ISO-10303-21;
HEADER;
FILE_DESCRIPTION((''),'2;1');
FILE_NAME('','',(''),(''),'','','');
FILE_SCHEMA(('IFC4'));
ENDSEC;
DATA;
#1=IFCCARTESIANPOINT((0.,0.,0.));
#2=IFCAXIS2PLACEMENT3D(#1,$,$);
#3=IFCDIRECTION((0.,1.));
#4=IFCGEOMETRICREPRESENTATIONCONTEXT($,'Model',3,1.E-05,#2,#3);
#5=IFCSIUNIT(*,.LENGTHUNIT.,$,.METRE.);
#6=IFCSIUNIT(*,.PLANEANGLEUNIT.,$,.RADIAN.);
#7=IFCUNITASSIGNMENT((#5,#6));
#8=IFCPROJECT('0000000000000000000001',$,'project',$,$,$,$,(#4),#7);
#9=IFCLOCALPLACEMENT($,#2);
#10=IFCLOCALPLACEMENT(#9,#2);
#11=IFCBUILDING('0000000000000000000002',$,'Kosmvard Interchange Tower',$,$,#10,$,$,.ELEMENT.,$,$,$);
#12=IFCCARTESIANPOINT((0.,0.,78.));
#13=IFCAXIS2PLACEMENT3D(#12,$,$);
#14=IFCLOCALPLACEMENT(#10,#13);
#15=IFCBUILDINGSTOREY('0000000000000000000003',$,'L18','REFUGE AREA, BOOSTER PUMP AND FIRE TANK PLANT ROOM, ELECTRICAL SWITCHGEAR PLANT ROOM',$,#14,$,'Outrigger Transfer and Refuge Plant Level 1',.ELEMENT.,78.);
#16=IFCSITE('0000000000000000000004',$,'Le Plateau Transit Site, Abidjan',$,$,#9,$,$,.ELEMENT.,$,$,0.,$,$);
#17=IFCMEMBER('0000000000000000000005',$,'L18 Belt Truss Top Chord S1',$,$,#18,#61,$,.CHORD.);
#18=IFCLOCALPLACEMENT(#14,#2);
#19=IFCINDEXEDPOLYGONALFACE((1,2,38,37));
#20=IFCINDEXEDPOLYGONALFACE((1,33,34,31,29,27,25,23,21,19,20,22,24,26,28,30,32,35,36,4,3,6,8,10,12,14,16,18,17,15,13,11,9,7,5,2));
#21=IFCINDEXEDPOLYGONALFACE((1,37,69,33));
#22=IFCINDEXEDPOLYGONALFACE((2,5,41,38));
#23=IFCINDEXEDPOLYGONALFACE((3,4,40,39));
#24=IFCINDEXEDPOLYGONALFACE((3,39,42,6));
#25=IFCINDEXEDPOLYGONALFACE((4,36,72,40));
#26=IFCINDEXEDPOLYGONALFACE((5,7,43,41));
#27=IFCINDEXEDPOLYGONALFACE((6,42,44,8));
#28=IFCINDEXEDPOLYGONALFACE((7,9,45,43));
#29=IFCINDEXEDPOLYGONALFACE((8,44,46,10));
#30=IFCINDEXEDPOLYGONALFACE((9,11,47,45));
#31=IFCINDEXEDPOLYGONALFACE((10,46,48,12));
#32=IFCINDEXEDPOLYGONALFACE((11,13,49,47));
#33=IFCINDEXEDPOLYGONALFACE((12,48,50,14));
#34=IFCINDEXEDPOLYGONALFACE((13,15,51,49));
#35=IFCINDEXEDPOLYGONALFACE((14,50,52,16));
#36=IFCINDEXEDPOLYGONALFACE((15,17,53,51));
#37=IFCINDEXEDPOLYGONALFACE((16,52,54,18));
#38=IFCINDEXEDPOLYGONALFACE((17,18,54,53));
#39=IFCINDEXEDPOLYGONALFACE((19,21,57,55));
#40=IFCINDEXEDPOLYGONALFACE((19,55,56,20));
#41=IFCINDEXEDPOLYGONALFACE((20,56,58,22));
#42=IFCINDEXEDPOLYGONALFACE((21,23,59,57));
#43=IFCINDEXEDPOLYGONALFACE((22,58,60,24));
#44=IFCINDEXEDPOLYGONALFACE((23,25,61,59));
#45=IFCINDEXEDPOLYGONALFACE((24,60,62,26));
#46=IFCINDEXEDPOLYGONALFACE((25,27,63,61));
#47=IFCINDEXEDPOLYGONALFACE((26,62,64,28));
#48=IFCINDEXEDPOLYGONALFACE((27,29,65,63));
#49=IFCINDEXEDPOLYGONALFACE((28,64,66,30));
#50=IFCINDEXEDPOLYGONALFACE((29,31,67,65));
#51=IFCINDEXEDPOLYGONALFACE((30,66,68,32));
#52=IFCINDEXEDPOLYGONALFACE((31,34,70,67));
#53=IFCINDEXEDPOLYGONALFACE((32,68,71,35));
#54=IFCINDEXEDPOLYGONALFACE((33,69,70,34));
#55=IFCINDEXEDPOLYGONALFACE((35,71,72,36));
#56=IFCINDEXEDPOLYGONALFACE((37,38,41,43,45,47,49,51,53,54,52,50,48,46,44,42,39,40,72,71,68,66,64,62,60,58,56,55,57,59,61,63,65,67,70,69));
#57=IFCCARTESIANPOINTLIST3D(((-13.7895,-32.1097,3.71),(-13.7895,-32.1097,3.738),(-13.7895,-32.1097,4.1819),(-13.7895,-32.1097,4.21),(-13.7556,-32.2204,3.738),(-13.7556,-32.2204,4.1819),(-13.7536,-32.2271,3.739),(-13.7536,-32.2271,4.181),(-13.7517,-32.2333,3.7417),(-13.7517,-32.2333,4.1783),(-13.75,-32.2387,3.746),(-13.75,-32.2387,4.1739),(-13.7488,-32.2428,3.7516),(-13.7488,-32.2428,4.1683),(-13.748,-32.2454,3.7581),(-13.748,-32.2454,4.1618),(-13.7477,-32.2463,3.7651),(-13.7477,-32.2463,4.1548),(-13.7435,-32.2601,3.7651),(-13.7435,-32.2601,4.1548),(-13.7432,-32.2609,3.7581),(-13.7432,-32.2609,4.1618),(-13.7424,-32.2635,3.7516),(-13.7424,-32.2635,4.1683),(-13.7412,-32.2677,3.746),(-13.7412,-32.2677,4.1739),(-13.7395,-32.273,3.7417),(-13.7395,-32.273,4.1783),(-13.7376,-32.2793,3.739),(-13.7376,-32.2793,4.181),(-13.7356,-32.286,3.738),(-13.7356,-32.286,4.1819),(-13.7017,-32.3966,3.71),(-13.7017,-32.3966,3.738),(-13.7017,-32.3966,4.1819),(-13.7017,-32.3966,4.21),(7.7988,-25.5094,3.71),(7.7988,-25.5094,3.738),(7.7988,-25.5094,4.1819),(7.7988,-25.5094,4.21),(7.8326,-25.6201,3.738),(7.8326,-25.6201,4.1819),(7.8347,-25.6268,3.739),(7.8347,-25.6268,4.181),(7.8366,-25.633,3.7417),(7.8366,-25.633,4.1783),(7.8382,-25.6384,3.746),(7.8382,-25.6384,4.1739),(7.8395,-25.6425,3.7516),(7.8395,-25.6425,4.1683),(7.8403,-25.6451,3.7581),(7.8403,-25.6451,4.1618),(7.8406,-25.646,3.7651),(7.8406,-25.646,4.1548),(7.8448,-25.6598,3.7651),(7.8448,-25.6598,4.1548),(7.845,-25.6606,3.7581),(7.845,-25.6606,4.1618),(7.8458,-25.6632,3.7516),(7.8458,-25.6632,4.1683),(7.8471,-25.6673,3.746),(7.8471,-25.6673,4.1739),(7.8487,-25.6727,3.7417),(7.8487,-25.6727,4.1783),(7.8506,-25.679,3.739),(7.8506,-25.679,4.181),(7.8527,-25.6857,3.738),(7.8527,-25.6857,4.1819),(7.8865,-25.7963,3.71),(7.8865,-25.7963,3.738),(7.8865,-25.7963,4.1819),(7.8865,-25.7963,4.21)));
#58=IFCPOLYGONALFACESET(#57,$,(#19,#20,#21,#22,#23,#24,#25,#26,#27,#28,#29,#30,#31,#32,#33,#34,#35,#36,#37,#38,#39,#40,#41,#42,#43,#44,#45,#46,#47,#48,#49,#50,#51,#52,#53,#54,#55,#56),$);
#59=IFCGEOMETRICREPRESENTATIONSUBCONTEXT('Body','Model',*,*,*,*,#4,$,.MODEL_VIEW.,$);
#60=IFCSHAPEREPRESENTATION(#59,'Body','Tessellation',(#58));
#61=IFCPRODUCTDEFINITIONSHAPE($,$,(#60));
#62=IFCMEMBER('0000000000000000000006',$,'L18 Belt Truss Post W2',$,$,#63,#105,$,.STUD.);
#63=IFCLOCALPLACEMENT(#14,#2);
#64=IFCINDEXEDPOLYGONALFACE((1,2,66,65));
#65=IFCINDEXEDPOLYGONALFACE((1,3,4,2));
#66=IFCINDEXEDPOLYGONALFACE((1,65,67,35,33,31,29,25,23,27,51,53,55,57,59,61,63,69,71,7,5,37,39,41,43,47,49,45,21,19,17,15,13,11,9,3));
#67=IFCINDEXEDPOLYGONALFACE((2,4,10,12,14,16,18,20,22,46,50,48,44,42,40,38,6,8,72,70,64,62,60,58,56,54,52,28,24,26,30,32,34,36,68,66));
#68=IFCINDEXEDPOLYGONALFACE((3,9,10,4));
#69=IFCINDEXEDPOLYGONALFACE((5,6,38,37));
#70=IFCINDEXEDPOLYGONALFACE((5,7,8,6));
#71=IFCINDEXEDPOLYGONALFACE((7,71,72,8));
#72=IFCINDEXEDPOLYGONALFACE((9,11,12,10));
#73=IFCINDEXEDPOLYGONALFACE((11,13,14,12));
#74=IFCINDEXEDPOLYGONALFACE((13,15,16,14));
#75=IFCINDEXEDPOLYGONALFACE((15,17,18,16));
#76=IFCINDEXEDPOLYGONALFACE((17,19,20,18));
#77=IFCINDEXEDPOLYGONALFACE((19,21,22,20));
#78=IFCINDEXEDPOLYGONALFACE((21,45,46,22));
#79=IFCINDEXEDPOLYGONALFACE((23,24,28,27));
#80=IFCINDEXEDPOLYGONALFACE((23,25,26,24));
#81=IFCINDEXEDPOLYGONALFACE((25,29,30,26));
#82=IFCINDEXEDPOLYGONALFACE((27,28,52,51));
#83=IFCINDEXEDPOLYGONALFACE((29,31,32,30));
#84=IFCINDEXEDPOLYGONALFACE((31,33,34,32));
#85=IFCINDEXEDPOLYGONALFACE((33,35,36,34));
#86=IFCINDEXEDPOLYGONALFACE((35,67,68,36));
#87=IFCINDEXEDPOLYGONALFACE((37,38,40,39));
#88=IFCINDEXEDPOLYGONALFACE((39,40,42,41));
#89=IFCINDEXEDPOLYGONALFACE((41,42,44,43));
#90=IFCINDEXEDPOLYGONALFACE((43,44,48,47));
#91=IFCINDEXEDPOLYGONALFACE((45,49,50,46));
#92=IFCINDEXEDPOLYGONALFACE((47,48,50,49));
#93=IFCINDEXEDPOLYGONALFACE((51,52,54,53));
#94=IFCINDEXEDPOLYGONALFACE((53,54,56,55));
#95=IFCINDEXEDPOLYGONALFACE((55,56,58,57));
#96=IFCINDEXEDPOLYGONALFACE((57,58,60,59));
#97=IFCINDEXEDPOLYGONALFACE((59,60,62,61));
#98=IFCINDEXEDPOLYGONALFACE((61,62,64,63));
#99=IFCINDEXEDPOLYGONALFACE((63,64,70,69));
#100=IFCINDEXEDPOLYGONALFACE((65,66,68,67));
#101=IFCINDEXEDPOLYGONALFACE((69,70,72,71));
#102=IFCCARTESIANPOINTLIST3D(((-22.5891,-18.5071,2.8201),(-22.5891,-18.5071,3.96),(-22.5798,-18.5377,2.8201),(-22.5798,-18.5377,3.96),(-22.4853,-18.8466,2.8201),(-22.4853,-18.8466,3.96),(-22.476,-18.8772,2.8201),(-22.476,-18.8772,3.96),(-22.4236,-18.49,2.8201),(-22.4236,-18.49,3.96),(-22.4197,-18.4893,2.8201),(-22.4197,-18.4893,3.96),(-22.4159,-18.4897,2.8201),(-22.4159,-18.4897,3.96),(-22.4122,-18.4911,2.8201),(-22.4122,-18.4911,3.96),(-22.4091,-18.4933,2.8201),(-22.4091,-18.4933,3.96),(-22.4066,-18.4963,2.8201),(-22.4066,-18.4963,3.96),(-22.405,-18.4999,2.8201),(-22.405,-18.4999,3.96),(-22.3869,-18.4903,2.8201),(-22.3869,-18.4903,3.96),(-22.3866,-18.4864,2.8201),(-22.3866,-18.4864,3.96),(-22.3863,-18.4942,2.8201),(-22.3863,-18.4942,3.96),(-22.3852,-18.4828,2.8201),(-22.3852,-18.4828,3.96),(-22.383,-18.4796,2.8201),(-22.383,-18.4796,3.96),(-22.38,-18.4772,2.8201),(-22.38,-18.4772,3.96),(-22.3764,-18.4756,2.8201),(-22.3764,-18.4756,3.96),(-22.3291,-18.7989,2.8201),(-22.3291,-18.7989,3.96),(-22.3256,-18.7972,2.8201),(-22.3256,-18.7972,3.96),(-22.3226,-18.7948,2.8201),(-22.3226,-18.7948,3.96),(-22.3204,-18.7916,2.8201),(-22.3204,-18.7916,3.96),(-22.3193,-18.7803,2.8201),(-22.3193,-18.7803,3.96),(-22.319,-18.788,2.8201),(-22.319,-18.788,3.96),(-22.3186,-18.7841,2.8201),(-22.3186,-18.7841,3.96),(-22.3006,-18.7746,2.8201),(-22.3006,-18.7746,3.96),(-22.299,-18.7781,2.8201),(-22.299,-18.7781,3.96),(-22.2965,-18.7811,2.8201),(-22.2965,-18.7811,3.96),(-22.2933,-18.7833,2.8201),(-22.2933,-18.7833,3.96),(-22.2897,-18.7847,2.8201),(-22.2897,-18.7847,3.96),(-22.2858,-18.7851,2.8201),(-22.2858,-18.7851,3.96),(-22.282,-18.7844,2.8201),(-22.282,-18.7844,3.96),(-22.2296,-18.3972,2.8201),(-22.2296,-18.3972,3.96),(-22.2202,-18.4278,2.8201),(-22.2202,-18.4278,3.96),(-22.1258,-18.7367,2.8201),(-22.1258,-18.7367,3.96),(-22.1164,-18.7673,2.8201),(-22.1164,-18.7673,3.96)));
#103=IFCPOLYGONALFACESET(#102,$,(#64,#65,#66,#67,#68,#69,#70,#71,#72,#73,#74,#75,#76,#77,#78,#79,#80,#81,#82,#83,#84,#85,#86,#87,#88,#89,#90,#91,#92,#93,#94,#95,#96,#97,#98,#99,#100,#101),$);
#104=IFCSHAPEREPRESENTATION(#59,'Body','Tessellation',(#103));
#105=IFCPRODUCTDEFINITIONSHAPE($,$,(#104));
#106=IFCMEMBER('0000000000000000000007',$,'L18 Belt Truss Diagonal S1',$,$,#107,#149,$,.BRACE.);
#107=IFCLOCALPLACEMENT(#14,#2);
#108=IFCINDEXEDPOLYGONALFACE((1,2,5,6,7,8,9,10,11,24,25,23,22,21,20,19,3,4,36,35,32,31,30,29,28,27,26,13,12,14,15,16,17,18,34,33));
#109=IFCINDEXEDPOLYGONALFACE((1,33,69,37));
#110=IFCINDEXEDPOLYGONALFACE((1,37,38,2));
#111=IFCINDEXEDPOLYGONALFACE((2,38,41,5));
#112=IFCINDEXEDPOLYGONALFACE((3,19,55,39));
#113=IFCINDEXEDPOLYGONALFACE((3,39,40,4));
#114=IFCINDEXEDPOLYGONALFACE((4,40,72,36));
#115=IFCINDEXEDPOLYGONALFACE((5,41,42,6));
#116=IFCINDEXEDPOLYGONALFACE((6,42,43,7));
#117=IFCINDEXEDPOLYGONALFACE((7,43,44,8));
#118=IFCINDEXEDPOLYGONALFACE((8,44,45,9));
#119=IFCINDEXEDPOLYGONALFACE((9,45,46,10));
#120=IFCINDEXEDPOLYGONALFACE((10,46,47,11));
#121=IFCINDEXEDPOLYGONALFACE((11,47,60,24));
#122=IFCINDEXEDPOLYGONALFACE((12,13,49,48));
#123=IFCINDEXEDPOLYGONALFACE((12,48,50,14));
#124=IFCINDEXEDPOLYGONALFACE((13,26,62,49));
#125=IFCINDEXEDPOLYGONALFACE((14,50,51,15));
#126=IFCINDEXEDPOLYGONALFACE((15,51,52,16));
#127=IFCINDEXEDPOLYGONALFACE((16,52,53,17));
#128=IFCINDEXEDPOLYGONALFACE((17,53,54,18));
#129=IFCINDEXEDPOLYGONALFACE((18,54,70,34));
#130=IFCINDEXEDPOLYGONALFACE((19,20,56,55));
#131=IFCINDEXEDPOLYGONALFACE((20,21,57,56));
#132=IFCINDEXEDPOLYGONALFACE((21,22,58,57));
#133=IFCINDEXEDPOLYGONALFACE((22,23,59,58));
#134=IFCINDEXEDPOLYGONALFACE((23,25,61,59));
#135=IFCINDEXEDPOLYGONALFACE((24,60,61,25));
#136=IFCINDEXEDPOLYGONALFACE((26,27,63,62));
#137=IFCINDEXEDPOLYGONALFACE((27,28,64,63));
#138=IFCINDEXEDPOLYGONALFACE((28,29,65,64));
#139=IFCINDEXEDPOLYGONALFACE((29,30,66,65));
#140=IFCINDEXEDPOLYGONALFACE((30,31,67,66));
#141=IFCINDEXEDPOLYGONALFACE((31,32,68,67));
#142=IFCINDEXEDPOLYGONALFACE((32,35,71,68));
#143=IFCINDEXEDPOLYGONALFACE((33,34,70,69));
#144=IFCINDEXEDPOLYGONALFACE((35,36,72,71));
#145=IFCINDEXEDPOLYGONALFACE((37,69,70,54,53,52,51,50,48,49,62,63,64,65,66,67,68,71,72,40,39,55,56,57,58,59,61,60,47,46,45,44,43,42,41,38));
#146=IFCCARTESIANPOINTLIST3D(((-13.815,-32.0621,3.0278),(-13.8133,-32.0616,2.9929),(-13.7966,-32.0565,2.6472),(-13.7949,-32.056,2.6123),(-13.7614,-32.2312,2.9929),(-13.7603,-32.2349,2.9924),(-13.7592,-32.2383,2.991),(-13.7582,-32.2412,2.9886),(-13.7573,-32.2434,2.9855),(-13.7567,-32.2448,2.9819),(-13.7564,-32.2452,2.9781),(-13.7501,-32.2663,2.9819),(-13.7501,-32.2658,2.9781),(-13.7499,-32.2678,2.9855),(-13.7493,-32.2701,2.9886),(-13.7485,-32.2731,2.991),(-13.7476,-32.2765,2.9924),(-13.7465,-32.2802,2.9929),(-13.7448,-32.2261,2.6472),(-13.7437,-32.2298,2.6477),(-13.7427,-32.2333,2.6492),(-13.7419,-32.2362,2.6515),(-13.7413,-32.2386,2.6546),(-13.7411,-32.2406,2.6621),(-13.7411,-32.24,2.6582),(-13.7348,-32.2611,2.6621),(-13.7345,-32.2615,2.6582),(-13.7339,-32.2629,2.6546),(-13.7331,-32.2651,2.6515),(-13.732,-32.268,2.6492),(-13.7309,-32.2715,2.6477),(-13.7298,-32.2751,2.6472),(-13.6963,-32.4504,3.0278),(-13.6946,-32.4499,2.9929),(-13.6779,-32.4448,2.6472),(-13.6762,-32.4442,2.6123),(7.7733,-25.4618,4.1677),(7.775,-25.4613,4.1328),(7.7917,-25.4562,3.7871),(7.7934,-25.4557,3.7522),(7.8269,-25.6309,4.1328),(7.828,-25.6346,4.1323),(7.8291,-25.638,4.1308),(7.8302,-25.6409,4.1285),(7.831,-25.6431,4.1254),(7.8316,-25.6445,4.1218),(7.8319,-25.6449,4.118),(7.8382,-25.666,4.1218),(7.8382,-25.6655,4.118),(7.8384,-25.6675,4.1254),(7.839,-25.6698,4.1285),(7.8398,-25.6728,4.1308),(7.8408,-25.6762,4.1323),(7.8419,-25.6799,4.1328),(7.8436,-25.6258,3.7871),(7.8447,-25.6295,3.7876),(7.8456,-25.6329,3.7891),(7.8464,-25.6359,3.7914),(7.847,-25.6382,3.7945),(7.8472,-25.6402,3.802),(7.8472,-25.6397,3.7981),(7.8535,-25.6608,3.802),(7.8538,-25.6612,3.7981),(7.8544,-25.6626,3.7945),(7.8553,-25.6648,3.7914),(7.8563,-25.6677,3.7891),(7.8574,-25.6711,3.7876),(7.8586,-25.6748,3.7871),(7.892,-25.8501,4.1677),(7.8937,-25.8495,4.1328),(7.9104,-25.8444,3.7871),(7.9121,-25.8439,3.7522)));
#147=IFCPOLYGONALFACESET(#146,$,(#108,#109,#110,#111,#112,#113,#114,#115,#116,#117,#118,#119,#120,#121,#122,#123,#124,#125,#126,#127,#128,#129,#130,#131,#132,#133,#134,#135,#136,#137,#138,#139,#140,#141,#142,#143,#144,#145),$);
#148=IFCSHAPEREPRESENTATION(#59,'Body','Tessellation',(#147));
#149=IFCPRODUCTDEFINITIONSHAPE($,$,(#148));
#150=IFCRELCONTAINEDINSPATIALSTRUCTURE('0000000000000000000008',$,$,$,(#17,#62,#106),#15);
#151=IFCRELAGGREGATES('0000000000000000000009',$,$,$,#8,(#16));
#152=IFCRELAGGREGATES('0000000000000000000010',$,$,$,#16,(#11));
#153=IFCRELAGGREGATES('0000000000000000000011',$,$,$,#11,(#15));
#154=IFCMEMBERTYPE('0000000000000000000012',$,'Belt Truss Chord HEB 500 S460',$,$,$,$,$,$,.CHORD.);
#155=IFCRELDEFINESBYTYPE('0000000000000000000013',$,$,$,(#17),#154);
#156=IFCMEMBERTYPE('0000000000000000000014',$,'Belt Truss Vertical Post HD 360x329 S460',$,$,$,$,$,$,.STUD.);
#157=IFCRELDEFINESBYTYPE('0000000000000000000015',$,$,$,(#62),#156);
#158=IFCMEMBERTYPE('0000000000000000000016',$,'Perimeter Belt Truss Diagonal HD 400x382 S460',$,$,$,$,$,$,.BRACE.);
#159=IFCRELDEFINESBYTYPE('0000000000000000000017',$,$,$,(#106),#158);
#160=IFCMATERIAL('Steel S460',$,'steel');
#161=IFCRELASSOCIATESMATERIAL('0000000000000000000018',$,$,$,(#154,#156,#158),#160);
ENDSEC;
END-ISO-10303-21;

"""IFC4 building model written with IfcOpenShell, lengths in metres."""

from ifc_helpers import new_model, si_unit, direction, frame, origin, origin_2d, place, context, subcontext, project, spatial, i_section, extrude, source, transform, mapped, material, material_profile, profile_set, type_object, element, save


model = new_model("IFC4")

# Units and contexts
model_context = context("Model", 3, precision=1e-05, world=origin(), true_north=direction((0.0, 1.0)))
body_context = subcontext(model_context, "Body", "Model", "MODEL_VIEW")
ifc_project = project(units=[si_unit("LENGTHUNIT", "METRE"), si_unit("PLANEANGLEUNIT", "RADIAN")], contexts=[model_context])

# Site, building, storey
site_placement = place(None, origin())
site = spatial("IfcSite", under=ifc_project, at=site_placement, Name="Le Plateau Transit Site, Abidjan", CompositionType="ELEMENT", RefElevation=0.0)
building_placement = place(site_placement, origin())
building = spatial("IfcBuilding", under=site, at=building_placement, Name="Kosmvard Interchange Tower", CompositionType="ELEMENT")
storey_placement = place(building_placement, frame((0.0, 0.0, 78.0)))
storey = spatial("IfcBuildingStorey", under=building, at=storey_placement, Name="L18", Description="REFUGE AREA, BOOSTER PUMP AND FIRE TANK PLANT ROOM, ELECTRICAL SWITCHGEAR PLANT ROOM", LongName="Outrigger Transfer and Refuge Plant Level 1", CompositionType="ELEMENT", Elevation=78.0)

# Members
ifc_material_1 = material(Name="Steel S460", Category="steel")
ifc_material_profile_1 = material_profile(ifc_material_1, i_section(OverallWidth=0.3, OverallDepth=0.5, WebThickness=0.0144, FlangeThickness=0.0281, FilletRadius=0.0271, at=origin_2d()), Name="HEB 500")
ifc_profile_set_1 = profile_set([ifc_material_profile_1], Name="Steel S460")
member_type_1 = type_object("IfcMemberType", Name="Belt Truss Chord HEB 500 S460", PredefinedType="CHORD", material=ifc_profile_set_1)
shared_shape_1 = source(origin(), body_context, "Body", "SweptSolid", [
    extrude(i_section(OverallWidth=0.3, OverallDepth=0.5, WebThickness=0.0144, FlangeThickness=0.0281, FilletRadius=0.0271, at=origin_2d()), origin(), (0.0, 0.0, 1.0), 22.5747),
])
for number, where, z_axis, x_axis, name in (
    (1, (-13.7456, -32.2532, 3.96), (0.956303, 0.292376, 0.0), (-0.292376, 0.956303, 0.0), "L18 Belt Truss Top Chord S1"),
):
    element("IfcMember", number, at=place(storey_placement, frame(where, z_axis=z_axis, x_axis=x_axis)), inside=storey, type_object=member_type_1, Name=name, PredefinedType="CHORD", context=body_context, shape_type="MappedRepresentation", body=[
        mapped(shared_shape_1, transform((0.0, 0.0, 0.0), scale=1.0)),
    ])
ifc_material_profile_2 = material_profile(ifc_material_1, i_section(OverallWidth=0.376, OverallDepth=0.387, WebThickness=0.0195, FlangeThickness=0.032, FilletRadius=0.0149, at=origin_2d()), Name="HD 360x329")
ifc_profile_set_2 = profile_set([ifc_material_profile_2], Name="Steel S460")
member_type_2 = type_object("IfcMemberType", Name="Belt Truss Vertical Post HD 360x329 S460", PredefinedType="STUD", material=ifc_profile_set_2)
shared_shape_2 = source(origin(), body_context, "Body", "SweptSolid", [
    extrude(i_section(OverallWidth=0.376, OverallDepth=0.387, WebThickness=0.0195, FlangeThickness=0.032, FilletRadius=0.0149, at=origin_2d()), origin(), (0.0, 0.0, 1.0), 1.1399),
])
member_1_placement = place(storey_placement, frame((-22.3528, -18.6372, 2.8201), z_axis=(0.0, 0.0, 1.0), x_axis=(0.956305, 0.292372, 0.0)))
element("IfcMember", 2, at=member_1_placement, inside=storey, type_object=member_type_2, Name="L18 Belt Truss Post W2", PredefinedType="STUD", context=body_context, shape_type="MappedRepresentation", body=[
    mapped(shared_shape_2, transform((0.0, 0.0, 0.0), scale=1.0)),
])
ifc_material_profile_3 = material_profile(ifc_material_1, i_section(OverallWidth=0.406, OverallDepth=0.416, WebThickness=0.0215, FlangeThickness=0.0349, FilletRadius=0.0149, at=origin_2d()), Name="HD 400x382")
ifc_profile_set_3 = profile_set([ifc_material_profile_3], Name="Steel S460")
member_type_3 = type_object("IfcMemberType", Name="Perimeter Belt Truss Diagonal HD 400x382 S460", PredefinedType="BRACE", material=ifc_profile_set_3)
shared_shape_3 = source(origin(), body_context, "Body", "SweptSolid", [
    extrude(i_section(OverallWidth=0.406, OverallDepth=0.416, WebThickness=0.0215, FlangeThickness=0.0349, FilletRadius=0.0149, at=origin_2d()), origin(), (0.0, 0.0, 1.0), 22.6035),
])
member_2_placement = place(storey_placement, frame((-13.7456, -32.2532, 2.8201), z_axis=(0.955087, 0.292004, 0.05043), x_axis=(-0.292376, 0.956303, 0.0)))
element("IfcMember", 3, at=member_2_placement, inside=storey, type_object=member_type_3, Name="L18 Belt Truss Diagonal S1", PredefinedType="BRACE", context=body_context, shape_type="MappedRepresentation", body=[
    mapped(shared_shape_3, transform((0.0, 0.0, 0.0), scale=1.0)),
])

save(model, "model.ifc")
